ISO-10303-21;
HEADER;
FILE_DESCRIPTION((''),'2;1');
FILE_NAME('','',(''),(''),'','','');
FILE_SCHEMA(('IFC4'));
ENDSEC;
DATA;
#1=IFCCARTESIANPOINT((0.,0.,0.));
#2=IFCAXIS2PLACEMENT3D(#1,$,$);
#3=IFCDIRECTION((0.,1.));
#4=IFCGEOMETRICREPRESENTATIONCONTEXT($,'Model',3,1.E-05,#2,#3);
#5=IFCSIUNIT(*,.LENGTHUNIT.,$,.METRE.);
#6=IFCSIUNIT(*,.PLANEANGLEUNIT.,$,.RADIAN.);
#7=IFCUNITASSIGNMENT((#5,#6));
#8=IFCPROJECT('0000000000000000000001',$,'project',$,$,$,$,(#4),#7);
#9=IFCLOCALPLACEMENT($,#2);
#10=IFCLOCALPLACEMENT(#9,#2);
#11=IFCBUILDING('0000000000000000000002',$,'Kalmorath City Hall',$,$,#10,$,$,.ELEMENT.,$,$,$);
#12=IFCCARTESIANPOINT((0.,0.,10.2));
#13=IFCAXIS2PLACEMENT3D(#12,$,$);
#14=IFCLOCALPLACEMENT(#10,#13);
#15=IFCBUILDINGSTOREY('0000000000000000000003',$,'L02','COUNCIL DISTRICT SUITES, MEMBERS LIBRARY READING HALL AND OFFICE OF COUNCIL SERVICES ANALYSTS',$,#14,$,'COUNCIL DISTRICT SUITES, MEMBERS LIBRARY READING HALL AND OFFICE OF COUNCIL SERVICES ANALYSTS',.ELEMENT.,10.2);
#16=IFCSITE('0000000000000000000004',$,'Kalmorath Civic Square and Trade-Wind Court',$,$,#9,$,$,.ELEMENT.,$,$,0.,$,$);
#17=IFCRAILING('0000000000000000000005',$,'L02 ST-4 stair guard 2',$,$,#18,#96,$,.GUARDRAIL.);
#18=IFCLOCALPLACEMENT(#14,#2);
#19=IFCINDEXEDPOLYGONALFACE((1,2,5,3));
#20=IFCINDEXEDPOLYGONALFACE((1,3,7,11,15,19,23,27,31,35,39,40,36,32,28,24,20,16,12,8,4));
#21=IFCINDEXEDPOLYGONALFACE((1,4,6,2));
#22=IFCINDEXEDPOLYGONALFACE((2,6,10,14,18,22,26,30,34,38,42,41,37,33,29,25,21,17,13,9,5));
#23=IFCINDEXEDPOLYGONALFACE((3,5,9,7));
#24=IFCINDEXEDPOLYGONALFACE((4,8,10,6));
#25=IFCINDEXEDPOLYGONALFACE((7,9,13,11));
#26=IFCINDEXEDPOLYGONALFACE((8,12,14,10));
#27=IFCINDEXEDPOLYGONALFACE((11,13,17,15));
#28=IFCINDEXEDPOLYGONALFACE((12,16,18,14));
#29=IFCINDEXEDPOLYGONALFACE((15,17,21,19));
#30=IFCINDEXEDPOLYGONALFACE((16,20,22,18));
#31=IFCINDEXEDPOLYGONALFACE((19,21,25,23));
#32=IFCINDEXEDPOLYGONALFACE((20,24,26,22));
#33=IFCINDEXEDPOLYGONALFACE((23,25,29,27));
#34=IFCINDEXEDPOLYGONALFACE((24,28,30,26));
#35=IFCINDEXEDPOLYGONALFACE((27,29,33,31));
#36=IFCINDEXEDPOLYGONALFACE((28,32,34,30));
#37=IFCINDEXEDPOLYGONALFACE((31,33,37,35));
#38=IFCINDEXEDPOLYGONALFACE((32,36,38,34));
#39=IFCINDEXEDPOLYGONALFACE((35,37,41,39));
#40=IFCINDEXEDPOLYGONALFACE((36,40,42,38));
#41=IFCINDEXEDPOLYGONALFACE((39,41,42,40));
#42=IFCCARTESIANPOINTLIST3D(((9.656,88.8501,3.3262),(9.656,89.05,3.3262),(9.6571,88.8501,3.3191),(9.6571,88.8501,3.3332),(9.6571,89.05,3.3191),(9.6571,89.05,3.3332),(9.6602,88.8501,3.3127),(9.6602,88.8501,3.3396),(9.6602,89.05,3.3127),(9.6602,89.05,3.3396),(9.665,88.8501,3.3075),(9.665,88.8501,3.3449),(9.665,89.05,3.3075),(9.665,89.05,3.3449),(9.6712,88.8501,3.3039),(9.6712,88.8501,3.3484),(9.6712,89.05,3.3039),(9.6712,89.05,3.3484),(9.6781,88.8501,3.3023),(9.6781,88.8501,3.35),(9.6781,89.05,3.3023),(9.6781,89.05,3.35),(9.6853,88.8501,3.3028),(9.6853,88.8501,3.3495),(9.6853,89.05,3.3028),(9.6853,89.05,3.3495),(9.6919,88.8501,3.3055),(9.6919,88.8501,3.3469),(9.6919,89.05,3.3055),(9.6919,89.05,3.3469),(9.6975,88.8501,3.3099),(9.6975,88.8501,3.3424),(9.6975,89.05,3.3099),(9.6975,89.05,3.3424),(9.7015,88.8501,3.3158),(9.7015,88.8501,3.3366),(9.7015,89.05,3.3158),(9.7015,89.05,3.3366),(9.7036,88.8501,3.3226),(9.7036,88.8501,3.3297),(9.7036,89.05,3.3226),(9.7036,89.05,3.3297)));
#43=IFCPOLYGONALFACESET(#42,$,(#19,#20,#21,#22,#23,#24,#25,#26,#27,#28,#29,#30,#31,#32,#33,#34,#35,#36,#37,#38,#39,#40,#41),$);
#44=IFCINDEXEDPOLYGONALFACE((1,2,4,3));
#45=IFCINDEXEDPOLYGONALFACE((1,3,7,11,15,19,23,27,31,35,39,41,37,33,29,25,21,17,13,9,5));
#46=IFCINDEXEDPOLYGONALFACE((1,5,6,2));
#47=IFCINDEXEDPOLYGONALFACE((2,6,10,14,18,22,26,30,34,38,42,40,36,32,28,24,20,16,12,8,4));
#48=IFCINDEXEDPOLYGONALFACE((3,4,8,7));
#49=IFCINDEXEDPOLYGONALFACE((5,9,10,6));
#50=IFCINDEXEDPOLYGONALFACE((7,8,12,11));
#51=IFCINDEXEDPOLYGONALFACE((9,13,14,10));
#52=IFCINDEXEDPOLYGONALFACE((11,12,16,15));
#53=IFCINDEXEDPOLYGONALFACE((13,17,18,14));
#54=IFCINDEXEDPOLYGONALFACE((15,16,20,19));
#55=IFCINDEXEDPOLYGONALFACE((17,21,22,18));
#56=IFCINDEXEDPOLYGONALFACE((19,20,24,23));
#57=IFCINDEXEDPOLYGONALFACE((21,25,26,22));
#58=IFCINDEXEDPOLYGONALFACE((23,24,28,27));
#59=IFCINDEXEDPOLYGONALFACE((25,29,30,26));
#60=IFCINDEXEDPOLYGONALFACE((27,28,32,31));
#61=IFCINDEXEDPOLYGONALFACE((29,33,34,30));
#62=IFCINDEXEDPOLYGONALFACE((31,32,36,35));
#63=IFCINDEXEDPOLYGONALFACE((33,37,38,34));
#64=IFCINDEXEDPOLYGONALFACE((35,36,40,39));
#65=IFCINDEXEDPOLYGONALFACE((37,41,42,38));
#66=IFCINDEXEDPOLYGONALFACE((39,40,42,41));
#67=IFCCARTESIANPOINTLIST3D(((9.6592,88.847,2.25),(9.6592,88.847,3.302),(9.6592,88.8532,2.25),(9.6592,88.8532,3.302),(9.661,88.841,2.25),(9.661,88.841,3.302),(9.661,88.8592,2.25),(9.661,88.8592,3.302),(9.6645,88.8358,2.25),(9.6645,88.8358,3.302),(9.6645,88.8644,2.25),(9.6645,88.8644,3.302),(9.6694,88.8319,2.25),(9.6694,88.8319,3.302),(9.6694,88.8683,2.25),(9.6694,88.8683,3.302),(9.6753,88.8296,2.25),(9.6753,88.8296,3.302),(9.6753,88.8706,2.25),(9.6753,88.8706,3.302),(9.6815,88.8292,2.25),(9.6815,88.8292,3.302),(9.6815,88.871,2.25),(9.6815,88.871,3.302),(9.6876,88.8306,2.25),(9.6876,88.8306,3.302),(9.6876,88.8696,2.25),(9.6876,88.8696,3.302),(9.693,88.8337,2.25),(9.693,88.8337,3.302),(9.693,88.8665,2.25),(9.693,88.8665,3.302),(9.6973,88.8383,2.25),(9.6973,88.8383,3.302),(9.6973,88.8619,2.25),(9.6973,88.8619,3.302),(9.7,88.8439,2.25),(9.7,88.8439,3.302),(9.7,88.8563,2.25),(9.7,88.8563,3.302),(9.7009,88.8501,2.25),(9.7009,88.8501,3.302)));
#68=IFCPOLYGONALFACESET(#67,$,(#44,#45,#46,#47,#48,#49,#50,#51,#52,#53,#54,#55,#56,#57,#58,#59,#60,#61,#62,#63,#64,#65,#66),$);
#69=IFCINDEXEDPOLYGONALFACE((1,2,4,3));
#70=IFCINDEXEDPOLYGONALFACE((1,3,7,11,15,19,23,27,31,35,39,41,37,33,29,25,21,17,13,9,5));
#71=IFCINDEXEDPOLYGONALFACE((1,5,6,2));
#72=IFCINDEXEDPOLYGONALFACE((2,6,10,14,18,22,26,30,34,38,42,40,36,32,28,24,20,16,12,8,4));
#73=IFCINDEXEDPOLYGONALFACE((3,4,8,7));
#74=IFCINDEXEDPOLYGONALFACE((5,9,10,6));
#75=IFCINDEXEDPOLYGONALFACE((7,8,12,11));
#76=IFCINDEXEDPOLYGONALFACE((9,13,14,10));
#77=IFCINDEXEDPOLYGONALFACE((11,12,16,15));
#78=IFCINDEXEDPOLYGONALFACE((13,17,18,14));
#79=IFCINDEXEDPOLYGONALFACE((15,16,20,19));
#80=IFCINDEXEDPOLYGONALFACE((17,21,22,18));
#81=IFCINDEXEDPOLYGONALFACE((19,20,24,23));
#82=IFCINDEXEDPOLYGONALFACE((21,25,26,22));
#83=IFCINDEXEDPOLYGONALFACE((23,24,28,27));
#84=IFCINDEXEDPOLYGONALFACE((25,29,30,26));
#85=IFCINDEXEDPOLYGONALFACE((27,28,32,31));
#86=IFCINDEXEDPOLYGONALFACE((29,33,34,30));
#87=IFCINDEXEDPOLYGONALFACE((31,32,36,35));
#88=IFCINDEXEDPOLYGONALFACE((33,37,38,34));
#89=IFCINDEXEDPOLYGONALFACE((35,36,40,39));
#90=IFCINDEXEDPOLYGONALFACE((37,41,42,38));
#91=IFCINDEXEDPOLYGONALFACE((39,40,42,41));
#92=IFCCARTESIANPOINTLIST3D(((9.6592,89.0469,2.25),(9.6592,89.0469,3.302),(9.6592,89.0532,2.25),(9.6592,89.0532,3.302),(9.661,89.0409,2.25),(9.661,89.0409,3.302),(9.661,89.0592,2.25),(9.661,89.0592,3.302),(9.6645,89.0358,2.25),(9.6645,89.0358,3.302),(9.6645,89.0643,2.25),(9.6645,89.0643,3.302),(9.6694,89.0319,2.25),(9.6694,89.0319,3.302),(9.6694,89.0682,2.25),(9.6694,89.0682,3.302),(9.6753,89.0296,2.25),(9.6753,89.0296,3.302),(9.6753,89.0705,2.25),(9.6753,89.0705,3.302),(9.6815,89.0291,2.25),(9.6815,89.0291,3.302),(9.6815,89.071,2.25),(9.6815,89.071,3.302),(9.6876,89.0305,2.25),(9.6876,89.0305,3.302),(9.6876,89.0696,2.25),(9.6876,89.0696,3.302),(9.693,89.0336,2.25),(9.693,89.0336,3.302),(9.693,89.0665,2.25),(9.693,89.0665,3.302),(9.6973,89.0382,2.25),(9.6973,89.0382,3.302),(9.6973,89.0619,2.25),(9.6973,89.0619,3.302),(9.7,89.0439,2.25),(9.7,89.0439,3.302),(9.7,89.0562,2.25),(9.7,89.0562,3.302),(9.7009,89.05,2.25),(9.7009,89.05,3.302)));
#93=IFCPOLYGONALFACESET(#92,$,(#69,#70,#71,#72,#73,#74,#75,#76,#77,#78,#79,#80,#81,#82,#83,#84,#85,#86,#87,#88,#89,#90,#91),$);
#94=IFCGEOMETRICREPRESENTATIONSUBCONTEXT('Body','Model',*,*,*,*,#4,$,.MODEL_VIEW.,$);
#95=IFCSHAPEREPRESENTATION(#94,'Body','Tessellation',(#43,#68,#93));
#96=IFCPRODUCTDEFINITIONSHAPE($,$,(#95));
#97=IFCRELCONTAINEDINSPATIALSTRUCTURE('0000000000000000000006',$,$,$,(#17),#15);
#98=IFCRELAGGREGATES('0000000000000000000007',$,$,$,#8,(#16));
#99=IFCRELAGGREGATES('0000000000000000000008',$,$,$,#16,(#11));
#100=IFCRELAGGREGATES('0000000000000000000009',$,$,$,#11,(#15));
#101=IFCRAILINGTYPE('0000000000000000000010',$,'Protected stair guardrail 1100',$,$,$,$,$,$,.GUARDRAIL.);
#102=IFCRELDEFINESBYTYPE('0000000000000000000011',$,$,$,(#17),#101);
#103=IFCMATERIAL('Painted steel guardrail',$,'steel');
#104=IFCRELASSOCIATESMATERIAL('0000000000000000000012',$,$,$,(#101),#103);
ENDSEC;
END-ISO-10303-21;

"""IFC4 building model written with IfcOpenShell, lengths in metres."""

from ifc_helpers import new_model, si_unit, direction, frame, origin, origin_2d, place, context, subcontext, project, spatial, circle, extrude, material, type_object, element, save


model = new_model("IFC4")

# Units and contexts
model_context = context("Model", 3, precision=1e-05, world=origin(), true_north=direction((0.0, 1.0)))
body_context = subcontext(model_context, "Body", "Model", "MODEL_VIEW")
ifc_project = project(units=[si_unit("LENGTHUNIT", "METRE"), si_unit("PLANEANGLEUNIT", "RADIAN")], contexts=[model_context])

# Site, building, storey
site_placement = place(None, origin())
site = spatial("IfcSite", under=ifc_project, at=site_placement, Name="Kalmorath Civic Square and Trade-Wind Court", CompositionType="ELEMENT", RefElevation=0.0)
building_placement = place(site_placement, origin())
building = spatial("IfcBuilding", under=site, at=building_placement, Name="Kalmorath City Hall", CompositionType="ELEMENT")
storey_placement = place(building_placement, frame((0.0, 0.0, 10.2)))
storey = spatial("IfcBuildingStorey", under=building, at=storey_placement, Name="L02", Description="COUNCIL DISTRICT SUITES, MEMBERS LIBRARY READING HALL AND OFFICE OF COUNCIL SERVICES ANALYSTS", LongName="COUNCIL DISTRICT SUITES, MEMBERS LIBRARY READING HALL AND OFFICE OF COUNCIL SERVICES ANALYSTS", CompositionType="ELEMENT", Elevation=10.2)

# Railing
ifc_material_1 = material(Name="Painted steel guardrail", Category="steel")
railing_type_1 = type_object("IfcRailingType", Name="Protected stair guardrail 1100", PredefinedType="GUARDRAIL", material=ifc_material_1)
railing_1_placement = place(storey_placement, frame((9.6799, 88.8501, 2.25)))
element("IfcRailing", 1, at=railing_1_placement, inside=storey, type_object=railing_type_1, Name="L02 ST-4 stair guard 2", PredefinedType="GUARDRAIL", context=body_context, shape_type="SweptSolid", body=[
    extrude(circle(Radius=0.0239, at=origin_2d()), frame((0.0, 0.0, 1.0762), z_axis=(0.0, 1.0, 0.0), x_axis=(-1.0, 0.0, 0.0)), (0.0, 0.0, 1.0), 0.2),
    extrude(circle(Radius=0.021, at=origin_2d()), origin(), (0.0, 0.0, 1.0), 1.052),
    extrude(circle(Radius=0.021, at=origin_2d()), frame((0.0, 0.2, 0.0)), (0.0, 0.0, 1.0), 1.052),
])

save(model, "model.ifc")
